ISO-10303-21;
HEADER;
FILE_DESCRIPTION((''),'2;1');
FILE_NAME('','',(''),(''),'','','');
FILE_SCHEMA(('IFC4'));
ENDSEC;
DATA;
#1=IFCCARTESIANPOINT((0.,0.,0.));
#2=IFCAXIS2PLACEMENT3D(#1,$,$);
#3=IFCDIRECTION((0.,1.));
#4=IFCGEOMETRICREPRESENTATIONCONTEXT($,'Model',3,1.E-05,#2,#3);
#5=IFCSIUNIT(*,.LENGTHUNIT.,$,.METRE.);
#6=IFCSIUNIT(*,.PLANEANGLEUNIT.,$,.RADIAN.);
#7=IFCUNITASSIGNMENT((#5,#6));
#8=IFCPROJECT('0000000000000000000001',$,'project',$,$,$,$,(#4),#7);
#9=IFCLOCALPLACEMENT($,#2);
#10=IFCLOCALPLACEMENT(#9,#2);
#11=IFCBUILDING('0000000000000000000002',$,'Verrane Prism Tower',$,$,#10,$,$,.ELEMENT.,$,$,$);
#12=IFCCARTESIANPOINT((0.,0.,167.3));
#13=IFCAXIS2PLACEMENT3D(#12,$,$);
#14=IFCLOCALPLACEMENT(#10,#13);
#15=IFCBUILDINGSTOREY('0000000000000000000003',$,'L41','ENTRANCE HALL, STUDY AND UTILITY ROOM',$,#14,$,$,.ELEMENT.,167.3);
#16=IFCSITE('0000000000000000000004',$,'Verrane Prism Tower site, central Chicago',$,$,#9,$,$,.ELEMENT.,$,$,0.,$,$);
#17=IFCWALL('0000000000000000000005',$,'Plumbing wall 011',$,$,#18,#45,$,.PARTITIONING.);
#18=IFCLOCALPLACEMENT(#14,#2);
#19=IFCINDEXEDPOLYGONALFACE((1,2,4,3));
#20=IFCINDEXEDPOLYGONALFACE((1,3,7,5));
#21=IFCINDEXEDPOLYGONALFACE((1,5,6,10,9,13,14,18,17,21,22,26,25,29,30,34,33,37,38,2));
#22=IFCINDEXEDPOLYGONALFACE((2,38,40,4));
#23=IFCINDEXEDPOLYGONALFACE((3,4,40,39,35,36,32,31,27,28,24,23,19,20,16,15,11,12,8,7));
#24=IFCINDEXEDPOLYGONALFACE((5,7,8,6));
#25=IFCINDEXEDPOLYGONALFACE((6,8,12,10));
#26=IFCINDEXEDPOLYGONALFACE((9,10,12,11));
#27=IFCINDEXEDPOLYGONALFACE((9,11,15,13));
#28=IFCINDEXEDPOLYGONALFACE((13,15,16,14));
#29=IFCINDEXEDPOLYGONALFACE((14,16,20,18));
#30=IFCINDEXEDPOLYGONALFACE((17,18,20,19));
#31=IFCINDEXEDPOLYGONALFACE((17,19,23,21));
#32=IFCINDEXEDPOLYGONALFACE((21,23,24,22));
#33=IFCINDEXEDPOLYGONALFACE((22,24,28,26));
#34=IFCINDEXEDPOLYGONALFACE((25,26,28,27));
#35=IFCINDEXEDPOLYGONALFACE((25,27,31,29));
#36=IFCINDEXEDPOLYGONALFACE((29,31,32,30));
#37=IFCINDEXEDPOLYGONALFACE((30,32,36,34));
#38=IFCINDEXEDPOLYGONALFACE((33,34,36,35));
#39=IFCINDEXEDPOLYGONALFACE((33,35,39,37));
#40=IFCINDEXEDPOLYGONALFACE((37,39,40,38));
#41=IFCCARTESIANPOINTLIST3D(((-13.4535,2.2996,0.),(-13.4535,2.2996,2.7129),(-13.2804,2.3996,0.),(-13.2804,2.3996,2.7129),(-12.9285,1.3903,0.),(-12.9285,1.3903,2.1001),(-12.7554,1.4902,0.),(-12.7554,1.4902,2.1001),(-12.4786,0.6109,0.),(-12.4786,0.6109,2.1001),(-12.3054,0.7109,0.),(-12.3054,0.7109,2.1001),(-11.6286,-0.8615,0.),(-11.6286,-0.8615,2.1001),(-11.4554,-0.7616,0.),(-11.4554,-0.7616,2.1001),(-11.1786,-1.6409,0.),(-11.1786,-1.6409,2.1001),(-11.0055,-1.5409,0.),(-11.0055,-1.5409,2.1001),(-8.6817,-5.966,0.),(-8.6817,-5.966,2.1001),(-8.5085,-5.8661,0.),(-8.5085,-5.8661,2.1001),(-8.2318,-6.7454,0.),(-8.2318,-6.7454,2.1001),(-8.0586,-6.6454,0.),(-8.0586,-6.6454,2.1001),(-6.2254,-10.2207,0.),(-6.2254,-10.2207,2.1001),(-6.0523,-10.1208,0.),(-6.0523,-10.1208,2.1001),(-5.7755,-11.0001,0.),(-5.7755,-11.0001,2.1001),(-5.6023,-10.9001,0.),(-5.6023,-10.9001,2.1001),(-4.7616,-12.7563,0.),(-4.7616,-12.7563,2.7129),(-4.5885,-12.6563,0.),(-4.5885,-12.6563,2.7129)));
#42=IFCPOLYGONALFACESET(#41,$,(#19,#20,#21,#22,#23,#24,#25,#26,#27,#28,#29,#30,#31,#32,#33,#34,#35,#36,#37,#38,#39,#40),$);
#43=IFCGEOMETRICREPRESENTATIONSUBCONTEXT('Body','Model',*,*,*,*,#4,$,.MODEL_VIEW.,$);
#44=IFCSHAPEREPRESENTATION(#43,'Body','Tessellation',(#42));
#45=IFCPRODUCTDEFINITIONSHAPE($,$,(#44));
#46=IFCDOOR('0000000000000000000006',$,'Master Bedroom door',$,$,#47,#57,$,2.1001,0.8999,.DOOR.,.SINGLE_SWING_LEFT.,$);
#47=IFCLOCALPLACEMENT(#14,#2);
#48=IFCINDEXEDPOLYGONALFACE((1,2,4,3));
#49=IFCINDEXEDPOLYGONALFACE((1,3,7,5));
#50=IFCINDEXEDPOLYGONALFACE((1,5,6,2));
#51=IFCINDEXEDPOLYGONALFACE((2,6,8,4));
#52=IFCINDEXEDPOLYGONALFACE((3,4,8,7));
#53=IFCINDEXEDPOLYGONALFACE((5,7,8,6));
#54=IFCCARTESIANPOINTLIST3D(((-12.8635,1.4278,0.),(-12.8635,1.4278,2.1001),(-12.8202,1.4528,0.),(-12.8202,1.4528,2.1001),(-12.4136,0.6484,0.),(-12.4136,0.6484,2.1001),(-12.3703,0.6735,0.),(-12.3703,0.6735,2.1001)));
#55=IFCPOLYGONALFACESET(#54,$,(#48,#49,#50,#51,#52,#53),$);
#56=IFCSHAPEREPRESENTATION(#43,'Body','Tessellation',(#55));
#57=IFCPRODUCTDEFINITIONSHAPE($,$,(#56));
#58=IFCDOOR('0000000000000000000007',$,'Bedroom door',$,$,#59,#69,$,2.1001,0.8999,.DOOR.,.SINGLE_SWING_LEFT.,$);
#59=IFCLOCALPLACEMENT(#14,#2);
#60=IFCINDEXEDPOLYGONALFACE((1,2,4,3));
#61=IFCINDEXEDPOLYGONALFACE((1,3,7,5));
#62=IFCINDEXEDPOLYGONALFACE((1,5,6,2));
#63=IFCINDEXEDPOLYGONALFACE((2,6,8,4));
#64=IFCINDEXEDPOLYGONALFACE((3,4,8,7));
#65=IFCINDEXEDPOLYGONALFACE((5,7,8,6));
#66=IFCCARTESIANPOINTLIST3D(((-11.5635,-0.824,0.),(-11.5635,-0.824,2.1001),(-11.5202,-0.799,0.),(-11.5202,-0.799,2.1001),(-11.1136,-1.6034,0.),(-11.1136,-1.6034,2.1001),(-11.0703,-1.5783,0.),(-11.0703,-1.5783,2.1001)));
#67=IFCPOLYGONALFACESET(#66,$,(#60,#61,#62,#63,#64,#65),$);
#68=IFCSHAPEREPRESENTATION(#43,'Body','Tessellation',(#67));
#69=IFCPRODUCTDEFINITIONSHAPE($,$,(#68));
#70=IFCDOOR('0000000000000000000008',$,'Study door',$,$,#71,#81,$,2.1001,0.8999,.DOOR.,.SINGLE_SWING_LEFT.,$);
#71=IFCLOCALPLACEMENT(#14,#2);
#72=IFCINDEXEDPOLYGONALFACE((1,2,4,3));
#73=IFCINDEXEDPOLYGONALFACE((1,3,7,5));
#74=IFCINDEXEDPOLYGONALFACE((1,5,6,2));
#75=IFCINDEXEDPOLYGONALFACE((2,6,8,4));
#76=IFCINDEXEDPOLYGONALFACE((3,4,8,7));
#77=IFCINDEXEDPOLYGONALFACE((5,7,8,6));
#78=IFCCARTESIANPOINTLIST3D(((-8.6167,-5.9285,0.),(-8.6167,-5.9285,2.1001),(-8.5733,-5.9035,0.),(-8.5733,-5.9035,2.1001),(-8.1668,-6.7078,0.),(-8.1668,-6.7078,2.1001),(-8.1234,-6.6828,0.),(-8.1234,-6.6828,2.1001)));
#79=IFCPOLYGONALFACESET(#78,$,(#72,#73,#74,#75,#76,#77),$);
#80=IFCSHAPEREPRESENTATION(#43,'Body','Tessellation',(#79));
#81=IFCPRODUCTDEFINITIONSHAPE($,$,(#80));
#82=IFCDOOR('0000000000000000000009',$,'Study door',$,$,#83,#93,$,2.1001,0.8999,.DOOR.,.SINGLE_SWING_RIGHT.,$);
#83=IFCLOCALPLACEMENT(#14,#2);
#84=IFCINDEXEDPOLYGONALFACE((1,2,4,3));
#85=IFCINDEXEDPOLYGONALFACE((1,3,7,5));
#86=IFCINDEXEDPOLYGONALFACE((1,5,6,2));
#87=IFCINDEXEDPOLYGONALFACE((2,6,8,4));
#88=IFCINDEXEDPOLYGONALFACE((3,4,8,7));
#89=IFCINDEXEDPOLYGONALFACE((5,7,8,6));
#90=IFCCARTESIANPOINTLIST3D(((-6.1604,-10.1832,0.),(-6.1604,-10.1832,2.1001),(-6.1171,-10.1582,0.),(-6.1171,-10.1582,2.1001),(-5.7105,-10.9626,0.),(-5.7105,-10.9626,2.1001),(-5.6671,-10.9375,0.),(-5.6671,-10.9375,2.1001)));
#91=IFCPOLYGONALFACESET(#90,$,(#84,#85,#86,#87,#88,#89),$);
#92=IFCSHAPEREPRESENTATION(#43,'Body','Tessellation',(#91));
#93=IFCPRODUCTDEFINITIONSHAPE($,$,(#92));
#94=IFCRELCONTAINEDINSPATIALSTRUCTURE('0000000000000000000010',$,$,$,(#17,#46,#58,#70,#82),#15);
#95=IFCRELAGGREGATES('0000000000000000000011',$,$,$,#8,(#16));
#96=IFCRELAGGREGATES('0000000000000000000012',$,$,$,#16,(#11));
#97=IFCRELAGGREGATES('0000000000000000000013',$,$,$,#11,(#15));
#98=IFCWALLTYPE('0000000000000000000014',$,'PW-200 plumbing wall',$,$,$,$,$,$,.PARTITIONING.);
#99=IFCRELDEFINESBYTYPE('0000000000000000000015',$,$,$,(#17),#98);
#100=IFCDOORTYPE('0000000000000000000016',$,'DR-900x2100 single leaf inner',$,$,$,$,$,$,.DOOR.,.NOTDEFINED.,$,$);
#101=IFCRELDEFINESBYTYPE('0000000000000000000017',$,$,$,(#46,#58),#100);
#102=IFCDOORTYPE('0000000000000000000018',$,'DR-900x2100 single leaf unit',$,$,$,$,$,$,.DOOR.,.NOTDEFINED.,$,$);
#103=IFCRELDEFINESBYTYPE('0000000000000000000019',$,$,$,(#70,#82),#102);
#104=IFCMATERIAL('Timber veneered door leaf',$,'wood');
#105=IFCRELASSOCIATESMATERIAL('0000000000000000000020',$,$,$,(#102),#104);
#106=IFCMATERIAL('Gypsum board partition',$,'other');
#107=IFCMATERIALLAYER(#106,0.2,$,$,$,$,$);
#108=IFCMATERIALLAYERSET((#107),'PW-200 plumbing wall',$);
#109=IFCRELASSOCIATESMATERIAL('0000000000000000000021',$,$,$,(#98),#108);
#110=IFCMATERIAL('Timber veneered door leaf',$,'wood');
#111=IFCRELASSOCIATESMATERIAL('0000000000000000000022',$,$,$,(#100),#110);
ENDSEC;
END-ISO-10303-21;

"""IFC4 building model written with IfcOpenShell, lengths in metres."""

from ifc_helpers import new_model, si_unit, direction, frame, frame_2d, origin, place, context, subcontext, project, spatial, rectangle, extrude, material, layer, layer_set, type_object, element, fill, save


model = new_model("IFC4")

# Units and contexts
model_context = context("Model", 3, precision=1e-05, world=origin(), true_north=direction((0.0, 1.0)))
body_context = subcontext(model_context, "Body", "Model", "MODEL_VIEW")
ifc_project = project(units=[si_unit("LENGTHUNIT", "METRE"), si_unit("PLANEANGLEUNIT", "RADIAN")], contexts=[model_context])

# Site, building, storey
site_placement = place(None, origin())
site = spatial("IfcSite", under=ifc_project, at=site_placement, Name="Verrane Prism Tower site, central Chicago", CompositionType="ELEMENT", RefElevation=0.0)
building_placement = place(site_placement, origin())
building = spatial("IfcBuilding", under=site, at=building_placement, Name="Verrane Prism Tower", CompositionType="ELEMENT")
storey_placement = place(building_placement, frame((0.0, 0.0, 167.3)))
storey = spatial("IfcBuildingStorey", under=building, at=storey_placement, Name="L41", Description="ENTRANCE HALL, STUDY AND UTILITY ROOM", CompositionType="ELEMENT", Elevation=167.3)

# Shared definitions
ifc_material_1 = material(Name="Timber veneered door leaf", Category="wood")
door_type_1 = type_object("IfcDoorType", Name="DR-900x2100 single leaf unit", OperationType="NOTDEFINED", PredefinedType="DOOR", material=ifc_material_1)

# Wall, openings, doors
ifc_material_2 = material(Name="Gypsum board partition", Category="other")
ifc_layer_1 = layer(ifc_material_2, 0.2)
ifc_layer_set_1 = layer_set([ifc_layer_1], Name="PW-200 plumbing wall")
wall_type_1 = type_object("IfcWallType", Name="PW-200 plumbing wall", PredefinedType="PARTITIONING", material=ifc_layer_set_1)
wall_1_placement = place(storey_placement, frame((-4.675, -12.7063, 0.0), z_axis=(0.0, 0.0, 1.0), x_axis=(-0.499972, 0.866041, 0.0)))
wall_1 = element("IfcWall", 1, at=wall_1_placement, inside=storey, type_object=wall_type_1, Name="Plumbing wall 011", PredefinedType="PARTITIONING", context=body_context, shape_type="SweptSolid", body=[
    extrude(rectangle(XDim=17.3848, YDim=0.2, at=frame_2d((8.6924, 0.0))), origin(), (0.0, 0.0, 1.0), 2.7129),
])
opening_1_placement = place(wall_1_placement, frame((15.4348, 0.0, 0.0)))
opening_1 = element("IfcOpeningElement", 2, at=opening_1_placement, cuts=wall_1, PredefinedType="OPENING", context=body_context, shape_type="SweptSolid", body=[
    extrude(rectangle(XDim=0.8999, YDim=2.1001, at=frame_2d((0.45, 1.05))), frame((0.0, 0.1099, 0.0), z_axis=(0.0, -1.0, 0.0), x_axis=(1.0, 0.0, 0.0)), (0.0, 0.0, 1.0), 0.22),
])
opening_2_placement = place(wall_1_placement, frame((12.8347, 0.0, 0.0)))
opening_2 = element("IfcOpeningElement", 3, at=opening_2_placement, cuts=wall_1, PredefinedType="OPENING", context=body_context, shape_type="SweptSolid", body=[
    extrude(rectangle(XDim=0.8999, YDim=2.1001, at=frame_2d((0.45, 1.05))), frame((0.0, 0.1099, 0.0), z_axis=(0.0, -1.0, 0.0), x_axis=(1.0, 0.0, 0.0)), (0.0, 0.0, 1.0), 0.22),
])
opening_3_placement = place(wall_1_placement, frame((6.9407, 0.0, 0.0)))
opening_3 = element("IfcOpeningElement", 4, at=opening_3_placement, cuts=wall_1, PredefinedType="OPENING", context=body_context, shape_type="SweptSolid", body=[
    extrude(rectangle(XDim=0.8999, YDim=2.1001, at=frame_2d((0.45, 1.05))), frame((0.0, 0.1099, 0.0), z_axis=(0.0, -1.0, 0.0), x_axis=(1.0, 0.0, 0.0)), (0.0, 0.0, 1.0), 0.22),
])
opening_4_placement = place(wall_1_placement, frame((2.0278, 0.0, 0.0)))
opening_4 = element("IfcOpeningElement", 5, at=opening_4_placement, cuts=wall_1, PredefinedType="OPENING", context=body_context, shape_type="SweptSolid", body=[
    extrude(rectangle(XDim=0.8999, YDim=2.1001, at=frame_2d((0.45, 1.05))), frame((0.0, 0.1099, 0.0), z_axis=(0.0, -1.0, 0.0), x_axis=(1.0, 0.0, 0.0)), (0.0, 0.0, 1.0), 0.22),
])
ifc_material_3 = material(Name="Timber veneered door leaf", Category="wood")
door_type_2 = type_object("IfcDoorType", Name="DR-900x2100 single leaf inner", OperationType="NOTDEFINED", PredefinedType="DOOR", material=ifc_material_3)
door_1_placement = place(opening_1_placement, origin())
door_1 = element("IfcDoor", 6, at=door_1_placement, inside=storey, type_object=door_type_2, Name="Master Bedroom door", OperationType="SINGLE_SWING_LEFT", OverallHeight=2.1001, OverallWidth=0.8999, PredefinedType="DOOR", context=body_context, shape_type="SweptSolid", body=[
    extrude(rectangle(XDim=0.8999, YDim=2.1001, at=frame_2d((0.45, 1.05))), frame((0.0, 0.0249, 0.0), z_axis=(0.0, -1.0, 0.0), x_axis=(1.0, 0.0, 0.0)), (0.0, 0.0, 1.0), 0.05),
])
fill(opening_1, door_1)
door_2_placement = place(opening_2_placement, origin())
door_2 = element("IfcDoor", 7, at=door_2_placement, inside=storey, type_object=door_type_2, Name="Bedroom door", OperationType="SINGLE_SWING_LEFT", OverallHeight=2.1001, OverallWidth=0.8999, PredefinedType="DOOR", context=body_context, shape_type="SweptSolid", body=[
    extrude(rectangle(XDim=0.8999, YDim=2.1001, at=frame_2d((0.45, 1.05))), frame((0.0, 0.0249, 0.0), z_axis=(0.0, -1.0, 0.0), x_axis=(1.0, 0.0, 0.0)), (0.0, 0.0, 1.0), 0.05),
])
fill(opening_2, door_2)
door_3_placement = place(opening_3_placement, origin())
door_3 = element("IfcDoor", 8, at=door_3_placement, inside=storey, type_object=door_type_1, Name="Study door", OperationType="SINGLE_SWING_LEFT", OverallHeight=2.1001, OverallWidth=0.8999, PredefinedType="DOOR", context=body_context, shape_type="SweptSolid", body=[
    extrude(rectangle(XDim=0.8999, YDim=2.1001, at=frame_2d((0.45, 1.05))), frame((0.0, 0.0249, 0.0), z_axis=(0.0, -1.0, 0.0), x_axis=(1.0, 0.0, 0.0)), (0.0, 0.0, 1.0), 0.05),
])
fill(opening_3, door_3)
door_4_placement = place(opening_4_placement, origin())
door_4 = element("IfcDoor", 9, at=door_4_placement, inside=storey, type_object=door_type_1, Name="Study door", OperationType="SINGLE_SWING_RIGHT", OverallHeight=2.1001, OverallWidth=0.8999, PredefinedType="DOOR", context=body_context, shape_type="SweptSolid", body=[
    extrude(rectangle(XDim=0.8999, YDim=2.1001, at=frame_2d((0.45, 1.05))), frame((0.0, 0.0249, 0.0), z_axis=(0.0, -1.0, 0.0), x_axis=(1.0, 0.0, 0.0)), (0.0, 0.0, 1.0), 0.05),
])
fill(opening_4, door_4)

save(model, "model.ifc")
